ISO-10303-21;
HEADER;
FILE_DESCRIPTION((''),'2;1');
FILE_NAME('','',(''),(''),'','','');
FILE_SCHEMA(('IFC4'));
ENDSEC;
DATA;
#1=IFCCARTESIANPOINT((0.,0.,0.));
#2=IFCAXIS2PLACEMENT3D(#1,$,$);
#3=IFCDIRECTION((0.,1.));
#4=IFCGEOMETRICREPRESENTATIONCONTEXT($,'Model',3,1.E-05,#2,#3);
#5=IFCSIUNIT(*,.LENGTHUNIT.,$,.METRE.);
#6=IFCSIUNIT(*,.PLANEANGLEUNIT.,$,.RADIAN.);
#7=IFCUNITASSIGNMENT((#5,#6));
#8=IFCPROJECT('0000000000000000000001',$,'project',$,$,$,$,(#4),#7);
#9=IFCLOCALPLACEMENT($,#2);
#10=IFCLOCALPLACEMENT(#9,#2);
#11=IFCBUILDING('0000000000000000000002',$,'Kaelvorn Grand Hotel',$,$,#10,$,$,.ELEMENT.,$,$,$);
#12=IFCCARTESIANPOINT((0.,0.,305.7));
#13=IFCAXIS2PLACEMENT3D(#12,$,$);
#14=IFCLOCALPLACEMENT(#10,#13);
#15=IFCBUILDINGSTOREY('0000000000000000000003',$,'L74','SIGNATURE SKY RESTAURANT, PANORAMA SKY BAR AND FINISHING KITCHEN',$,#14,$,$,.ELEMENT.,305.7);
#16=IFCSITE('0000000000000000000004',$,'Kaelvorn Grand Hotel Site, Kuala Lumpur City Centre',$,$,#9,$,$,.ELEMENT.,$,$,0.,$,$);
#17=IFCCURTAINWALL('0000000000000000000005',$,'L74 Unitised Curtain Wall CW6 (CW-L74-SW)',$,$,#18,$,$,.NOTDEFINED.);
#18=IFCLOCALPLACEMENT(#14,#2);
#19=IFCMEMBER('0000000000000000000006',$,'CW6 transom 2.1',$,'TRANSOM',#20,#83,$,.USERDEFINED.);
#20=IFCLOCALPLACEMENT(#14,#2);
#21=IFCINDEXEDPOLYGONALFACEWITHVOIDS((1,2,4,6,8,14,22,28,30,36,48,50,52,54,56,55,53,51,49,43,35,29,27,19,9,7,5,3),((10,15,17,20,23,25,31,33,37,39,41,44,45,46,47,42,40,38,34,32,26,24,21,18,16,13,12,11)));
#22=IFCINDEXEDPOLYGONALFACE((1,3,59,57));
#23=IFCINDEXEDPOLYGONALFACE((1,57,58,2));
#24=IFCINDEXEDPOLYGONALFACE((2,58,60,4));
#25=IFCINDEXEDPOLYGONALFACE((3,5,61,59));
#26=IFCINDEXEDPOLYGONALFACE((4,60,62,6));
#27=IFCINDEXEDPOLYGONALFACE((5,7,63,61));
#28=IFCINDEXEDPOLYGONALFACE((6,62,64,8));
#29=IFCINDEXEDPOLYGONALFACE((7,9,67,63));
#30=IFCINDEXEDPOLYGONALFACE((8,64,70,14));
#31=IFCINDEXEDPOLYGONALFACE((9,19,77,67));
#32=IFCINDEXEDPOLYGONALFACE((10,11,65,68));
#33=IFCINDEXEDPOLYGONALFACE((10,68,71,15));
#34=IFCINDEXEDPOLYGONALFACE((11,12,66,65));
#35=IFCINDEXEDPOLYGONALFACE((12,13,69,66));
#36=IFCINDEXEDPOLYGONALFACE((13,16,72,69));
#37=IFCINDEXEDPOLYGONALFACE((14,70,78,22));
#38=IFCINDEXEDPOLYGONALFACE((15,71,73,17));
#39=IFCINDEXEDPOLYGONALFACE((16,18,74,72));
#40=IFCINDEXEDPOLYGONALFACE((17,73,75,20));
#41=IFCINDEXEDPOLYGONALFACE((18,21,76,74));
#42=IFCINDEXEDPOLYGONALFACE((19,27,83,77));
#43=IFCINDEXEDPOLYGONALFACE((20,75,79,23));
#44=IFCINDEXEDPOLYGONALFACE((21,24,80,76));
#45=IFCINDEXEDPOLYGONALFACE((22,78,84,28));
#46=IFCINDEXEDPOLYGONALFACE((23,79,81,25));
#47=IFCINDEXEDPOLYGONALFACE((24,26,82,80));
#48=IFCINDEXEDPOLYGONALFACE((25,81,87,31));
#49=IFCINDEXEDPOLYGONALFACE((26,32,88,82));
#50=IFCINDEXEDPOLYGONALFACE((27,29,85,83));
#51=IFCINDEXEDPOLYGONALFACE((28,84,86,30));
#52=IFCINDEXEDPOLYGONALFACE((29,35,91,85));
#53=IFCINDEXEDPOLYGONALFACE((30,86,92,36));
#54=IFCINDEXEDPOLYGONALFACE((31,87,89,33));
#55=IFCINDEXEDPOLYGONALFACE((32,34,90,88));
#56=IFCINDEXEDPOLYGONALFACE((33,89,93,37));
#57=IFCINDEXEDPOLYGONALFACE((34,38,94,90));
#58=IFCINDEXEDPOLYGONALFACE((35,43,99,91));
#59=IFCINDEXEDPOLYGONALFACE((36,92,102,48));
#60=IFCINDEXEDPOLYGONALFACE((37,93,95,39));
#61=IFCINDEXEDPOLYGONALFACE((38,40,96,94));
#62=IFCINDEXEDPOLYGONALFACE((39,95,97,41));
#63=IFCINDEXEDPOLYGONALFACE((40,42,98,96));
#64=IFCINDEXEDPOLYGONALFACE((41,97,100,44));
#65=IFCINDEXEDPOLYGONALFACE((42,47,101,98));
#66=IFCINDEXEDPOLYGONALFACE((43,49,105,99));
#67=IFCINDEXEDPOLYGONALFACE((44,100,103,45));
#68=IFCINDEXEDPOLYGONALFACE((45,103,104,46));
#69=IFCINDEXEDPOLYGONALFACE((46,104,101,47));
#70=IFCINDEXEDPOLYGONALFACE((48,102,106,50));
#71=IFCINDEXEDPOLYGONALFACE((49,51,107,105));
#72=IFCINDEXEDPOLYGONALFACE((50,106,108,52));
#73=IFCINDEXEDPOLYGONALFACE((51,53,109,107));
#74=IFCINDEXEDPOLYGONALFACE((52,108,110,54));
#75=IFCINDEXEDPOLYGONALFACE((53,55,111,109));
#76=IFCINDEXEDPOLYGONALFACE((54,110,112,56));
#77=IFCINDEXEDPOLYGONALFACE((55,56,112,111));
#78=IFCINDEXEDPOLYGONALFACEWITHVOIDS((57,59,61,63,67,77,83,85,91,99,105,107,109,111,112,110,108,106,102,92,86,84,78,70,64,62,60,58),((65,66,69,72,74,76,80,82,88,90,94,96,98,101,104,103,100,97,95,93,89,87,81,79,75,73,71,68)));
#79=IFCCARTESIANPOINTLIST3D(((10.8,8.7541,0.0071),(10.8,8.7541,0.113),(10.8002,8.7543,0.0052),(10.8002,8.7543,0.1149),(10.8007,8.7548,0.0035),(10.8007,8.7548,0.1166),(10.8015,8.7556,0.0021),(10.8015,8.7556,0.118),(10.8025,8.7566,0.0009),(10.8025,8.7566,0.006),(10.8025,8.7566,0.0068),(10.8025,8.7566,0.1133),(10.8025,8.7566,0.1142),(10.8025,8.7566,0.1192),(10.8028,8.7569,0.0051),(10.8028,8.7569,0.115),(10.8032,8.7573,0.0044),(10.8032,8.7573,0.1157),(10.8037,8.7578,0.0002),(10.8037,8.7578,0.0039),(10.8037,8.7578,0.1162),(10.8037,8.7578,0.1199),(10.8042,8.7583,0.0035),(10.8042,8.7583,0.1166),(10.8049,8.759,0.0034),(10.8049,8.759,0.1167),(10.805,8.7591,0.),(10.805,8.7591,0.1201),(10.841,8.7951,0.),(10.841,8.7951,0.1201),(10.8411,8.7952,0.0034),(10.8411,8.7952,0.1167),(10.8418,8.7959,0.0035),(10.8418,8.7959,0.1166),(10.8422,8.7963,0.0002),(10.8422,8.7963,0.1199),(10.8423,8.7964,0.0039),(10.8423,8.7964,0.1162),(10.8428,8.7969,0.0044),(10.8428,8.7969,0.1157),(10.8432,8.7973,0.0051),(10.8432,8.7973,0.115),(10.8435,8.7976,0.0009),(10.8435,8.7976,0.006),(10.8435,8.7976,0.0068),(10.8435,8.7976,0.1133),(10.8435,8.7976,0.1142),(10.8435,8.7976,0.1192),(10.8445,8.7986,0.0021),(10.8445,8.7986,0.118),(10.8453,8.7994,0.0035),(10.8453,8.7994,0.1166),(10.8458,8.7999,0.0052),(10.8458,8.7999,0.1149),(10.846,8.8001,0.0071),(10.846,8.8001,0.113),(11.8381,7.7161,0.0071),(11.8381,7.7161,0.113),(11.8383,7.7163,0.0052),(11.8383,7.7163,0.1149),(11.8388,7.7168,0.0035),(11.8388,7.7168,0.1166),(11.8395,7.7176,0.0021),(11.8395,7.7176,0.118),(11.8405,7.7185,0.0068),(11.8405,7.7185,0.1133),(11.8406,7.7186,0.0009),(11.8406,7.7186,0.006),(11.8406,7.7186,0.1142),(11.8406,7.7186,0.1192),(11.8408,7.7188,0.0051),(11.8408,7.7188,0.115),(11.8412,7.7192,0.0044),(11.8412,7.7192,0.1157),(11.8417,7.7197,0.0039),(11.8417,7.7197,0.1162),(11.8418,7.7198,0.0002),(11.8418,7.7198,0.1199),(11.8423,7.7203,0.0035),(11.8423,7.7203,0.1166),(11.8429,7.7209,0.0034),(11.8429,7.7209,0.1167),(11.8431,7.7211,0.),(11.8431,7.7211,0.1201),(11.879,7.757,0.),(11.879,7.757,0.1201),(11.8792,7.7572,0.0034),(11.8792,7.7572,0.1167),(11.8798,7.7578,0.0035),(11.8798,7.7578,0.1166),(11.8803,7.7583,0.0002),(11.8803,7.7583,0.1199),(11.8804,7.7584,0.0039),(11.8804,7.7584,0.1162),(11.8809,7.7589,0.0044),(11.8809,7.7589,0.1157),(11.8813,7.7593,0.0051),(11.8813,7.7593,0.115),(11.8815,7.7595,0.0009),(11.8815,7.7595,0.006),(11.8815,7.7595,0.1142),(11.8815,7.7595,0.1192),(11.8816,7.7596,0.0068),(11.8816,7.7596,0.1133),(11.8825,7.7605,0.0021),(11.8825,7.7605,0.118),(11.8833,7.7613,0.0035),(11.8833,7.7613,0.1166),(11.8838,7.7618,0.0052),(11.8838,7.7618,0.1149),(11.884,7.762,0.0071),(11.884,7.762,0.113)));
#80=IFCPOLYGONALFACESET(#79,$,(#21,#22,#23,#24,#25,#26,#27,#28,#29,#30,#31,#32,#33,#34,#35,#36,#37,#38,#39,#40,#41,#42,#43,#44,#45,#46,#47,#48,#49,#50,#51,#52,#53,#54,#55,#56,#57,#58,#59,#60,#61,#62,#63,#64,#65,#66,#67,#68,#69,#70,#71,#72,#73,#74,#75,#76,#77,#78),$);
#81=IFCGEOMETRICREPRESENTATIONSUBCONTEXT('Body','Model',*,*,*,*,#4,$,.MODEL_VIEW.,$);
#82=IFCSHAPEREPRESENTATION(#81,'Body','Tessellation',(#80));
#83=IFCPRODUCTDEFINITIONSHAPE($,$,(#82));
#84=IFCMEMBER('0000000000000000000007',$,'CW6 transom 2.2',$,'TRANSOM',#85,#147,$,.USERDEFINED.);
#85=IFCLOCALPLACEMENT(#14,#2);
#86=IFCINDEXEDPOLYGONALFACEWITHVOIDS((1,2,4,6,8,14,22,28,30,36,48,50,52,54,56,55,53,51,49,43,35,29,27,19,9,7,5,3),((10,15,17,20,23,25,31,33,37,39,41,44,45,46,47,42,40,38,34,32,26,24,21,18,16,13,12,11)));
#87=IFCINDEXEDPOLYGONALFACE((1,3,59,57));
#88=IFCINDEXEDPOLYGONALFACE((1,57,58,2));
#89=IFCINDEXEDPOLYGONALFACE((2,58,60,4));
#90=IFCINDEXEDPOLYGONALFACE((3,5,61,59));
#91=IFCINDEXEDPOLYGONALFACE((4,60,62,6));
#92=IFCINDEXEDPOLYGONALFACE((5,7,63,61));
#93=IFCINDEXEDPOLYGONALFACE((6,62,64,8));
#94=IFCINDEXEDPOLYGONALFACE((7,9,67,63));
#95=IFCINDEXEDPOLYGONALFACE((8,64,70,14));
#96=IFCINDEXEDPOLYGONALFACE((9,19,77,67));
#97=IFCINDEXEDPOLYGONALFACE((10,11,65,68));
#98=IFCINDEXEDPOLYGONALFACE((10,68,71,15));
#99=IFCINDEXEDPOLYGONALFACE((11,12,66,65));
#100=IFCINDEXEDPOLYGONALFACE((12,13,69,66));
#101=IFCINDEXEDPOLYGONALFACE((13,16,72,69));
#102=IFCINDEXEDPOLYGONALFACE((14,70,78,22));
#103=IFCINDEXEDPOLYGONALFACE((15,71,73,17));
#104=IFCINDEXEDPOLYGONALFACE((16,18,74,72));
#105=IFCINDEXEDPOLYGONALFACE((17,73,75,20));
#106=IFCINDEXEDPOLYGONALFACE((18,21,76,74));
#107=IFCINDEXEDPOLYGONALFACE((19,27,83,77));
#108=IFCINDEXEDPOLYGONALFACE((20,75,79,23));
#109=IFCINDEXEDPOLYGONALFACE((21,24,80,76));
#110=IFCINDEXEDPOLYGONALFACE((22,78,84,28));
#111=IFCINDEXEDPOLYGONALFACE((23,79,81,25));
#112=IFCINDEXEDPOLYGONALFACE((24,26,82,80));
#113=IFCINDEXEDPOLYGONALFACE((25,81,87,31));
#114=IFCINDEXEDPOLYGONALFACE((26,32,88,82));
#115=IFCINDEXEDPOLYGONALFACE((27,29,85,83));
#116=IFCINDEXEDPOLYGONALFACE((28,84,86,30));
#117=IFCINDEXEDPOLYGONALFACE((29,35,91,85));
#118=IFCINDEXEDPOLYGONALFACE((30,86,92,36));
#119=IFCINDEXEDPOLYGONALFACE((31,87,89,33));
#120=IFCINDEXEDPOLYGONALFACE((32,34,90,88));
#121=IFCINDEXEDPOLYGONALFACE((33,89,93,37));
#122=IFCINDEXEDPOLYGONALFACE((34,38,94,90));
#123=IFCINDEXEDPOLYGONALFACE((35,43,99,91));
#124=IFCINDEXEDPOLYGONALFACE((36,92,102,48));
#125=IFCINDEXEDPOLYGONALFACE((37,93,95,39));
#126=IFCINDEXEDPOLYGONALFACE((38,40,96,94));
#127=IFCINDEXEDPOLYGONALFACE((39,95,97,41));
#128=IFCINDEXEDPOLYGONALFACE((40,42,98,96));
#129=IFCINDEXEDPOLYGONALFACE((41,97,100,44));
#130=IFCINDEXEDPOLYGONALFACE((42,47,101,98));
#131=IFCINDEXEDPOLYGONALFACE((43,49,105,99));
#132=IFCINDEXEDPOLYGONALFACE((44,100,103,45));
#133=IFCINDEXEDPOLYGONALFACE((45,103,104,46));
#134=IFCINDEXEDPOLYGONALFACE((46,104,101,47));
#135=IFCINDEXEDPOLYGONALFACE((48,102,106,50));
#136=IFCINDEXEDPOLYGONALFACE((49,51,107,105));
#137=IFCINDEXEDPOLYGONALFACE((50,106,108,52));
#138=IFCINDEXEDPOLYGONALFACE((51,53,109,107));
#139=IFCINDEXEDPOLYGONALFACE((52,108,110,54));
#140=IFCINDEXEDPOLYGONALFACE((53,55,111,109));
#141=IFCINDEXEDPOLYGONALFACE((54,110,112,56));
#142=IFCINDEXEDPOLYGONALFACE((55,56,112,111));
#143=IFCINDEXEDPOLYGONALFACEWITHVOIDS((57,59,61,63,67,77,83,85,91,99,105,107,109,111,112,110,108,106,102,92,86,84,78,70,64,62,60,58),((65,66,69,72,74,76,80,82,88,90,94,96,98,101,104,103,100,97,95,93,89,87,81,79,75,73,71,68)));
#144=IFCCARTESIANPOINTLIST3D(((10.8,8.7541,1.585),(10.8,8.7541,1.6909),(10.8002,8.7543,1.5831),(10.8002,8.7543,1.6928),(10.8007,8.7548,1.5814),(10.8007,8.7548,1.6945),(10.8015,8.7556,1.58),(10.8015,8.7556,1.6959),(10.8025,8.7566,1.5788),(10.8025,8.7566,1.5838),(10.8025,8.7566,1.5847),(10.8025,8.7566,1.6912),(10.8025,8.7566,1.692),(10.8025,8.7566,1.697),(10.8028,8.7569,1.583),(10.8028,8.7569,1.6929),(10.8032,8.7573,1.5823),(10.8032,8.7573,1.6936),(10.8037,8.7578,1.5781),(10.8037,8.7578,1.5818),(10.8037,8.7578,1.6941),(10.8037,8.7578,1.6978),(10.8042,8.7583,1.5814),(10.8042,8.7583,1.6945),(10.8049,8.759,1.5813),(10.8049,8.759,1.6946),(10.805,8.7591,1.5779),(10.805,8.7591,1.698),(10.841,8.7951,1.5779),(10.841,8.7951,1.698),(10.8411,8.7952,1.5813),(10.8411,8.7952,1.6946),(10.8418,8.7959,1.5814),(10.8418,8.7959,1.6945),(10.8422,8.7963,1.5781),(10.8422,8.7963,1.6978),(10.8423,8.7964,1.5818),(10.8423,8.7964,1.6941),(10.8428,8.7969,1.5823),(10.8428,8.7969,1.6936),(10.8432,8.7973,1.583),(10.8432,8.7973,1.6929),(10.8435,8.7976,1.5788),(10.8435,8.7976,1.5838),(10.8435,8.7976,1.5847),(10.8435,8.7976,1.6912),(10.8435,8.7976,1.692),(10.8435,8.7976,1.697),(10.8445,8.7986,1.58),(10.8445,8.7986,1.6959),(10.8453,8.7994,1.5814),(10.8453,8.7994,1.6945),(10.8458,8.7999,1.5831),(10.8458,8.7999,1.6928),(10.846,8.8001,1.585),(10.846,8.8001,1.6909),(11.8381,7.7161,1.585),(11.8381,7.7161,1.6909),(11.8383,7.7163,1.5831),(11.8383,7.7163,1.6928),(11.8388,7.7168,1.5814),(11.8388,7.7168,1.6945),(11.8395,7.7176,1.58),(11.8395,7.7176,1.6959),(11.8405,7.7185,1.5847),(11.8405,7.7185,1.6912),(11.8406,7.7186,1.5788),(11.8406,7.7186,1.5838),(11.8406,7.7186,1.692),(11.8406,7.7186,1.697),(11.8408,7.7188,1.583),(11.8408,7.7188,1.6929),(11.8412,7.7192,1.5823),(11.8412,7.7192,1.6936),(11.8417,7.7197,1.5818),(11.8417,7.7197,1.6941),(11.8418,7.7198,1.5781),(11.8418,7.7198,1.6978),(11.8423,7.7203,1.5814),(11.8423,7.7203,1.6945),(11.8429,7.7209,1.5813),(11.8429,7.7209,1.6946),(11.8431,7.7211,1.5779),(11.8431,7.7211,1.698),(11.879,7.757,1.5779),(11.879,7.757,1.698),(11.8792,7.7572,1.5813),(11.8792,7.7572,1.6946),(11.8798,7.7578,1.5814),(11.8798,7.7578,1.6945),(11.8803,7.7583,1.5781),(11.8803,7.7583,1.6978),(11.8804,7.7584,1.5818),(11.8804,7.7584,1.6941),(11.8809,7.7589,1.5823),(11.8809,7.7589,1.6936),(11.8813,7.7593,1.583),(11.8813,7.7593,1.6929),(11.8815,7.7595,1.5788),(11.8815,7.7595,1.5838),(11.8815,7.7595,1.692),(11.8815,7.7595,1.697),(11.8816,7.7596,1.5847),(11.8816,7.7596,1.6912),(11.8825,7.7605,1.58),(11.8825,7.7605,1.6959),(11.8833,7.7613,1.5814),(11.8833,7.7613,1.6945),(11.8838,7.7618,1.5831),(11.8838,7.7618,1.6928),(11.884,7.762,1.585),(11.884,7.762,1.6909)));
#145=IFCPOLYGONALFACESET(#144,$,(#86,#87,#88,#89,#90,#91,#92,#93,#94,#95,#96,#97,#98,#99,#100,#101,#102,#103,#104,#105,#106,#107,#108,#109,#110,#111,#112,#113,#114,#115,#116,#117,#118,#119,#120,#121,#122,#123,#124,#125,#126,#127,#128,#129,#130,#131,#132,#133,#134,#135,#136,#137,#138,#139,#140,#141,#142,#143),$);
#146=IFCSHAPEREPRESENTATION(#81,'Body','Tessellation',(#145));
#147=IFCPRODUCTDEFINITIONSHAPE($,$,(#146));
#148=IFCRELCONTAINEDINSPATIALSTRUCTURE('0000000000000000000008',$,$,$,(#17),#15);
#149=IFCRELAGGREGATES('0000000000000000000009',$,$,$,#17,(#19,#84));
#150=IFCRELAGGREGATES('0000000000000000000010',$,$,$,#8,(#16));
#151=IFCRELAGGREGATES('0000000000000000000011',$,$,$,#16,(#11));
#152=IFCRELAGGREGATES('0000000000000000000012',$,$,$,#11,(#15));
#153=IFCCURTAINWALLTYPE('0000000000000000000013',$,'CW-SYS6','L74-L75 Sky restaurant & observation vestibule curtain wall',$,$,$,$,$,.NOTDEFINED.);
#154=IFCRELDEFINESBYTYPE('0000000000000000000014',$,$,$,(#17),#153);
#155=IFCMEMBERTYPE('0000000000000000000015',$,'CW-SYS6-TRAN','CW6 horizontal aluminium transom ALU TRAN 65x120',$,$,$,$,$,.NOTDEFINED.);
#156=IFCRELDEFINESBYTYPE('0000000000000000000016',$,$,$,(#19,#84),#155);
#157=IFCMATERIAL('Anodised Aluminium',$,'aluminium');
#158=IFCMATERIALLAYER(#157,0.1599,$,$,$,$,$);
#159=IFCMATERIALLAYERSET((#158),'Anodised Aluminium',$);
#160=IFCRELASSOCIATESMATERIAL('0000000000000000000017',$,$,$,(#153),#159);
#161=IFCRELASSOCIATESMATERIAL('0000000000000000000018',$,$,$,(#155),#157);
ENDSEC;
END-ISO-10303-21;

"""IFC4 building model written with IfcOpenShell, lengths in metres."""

from ifc_helpers import new_model, si_unit, direction, frame, origin, origin_2d, place, context, subcontext, project, spatial, hollow_rectangle, extrude, material, layer, layer_set, material_profile, profile_set, type_object, element, aggregate, save


model = new_model("IFC4")

# Units and contexts
model_context = context("Model", 3, precision=1e-05, world=origin(), true_north=direction((0.0, 1.0)))
body_context = subcontext(model_context, "Body", "Model", "MODEL_VIEW")
ifc_project = project(units=[si_unit("LENGTHUNIT", "METRE"), si_unit("PLANEANGLEUNIT", "RADIAN")], contexts=[model_context])

# Site, building, storey
site_placement = place(None, origin())
site = spatial("IfcSite", under=ifc_project, at=site_placement, Name="Kaelvorn Grand Hotel Site, Kuala Lumpur City Centre", CompositionType="ELEMENT", RefElevation=0.0)
building_placement = place(site_placement, origin())
building = spatial("IfcBuilding", under=site, at=building_placement, Name="Kaelvorn Grand Hotel", CompositionType="ELEMENT")
storey_placement = place(building_placement, frame((0.0, 0.0, 305.7)))
storey = spatial("IfcBuildingStorey", under=building, at=storey_placement, Name="L74", Description="SIGNATURE SKY RESTAURANT, PANORAMA SKY BAR AND FINISHING KITCHEN", CompositionType="ELEMENT", Elevation=305.7)

# Shared definitions
ifc_material_1 = material(Name="Anodised Aluminium", Category="aluminium")
ifc_layer_1 = layer(ifc_material_1, 0.1599)
ifc_layer_set_1 = layer_set([ifc_layer_1], Name="Anodised Aluminium")
curtain_wall_type = type_object("IfcCurtainWallType", Name="CW-SYS6", Description="L74-L75 Sky restaurant & observation vestibule curtain wall", PredefinedType="NOTDEFINED", material=ifc_layer_set_1)

# Curtain wall
curtain_wall_1_placement = place(storey_placement, origin())
curtain_wall_1 = element("IfcCurtainWall", 1, at=curtain_wall_1_placement, inside=storey, type_object=curtain_wall_type, Name="L74 Unitised Curtain Wall CW6 (CW-L74-SW)", PredefinedType="NOTDEFINED")

# Members
ifc_material_profile_1 = material_profile(ifc_material_1, hollow_rectangle(XDim=0.0649, YDim=0.1201, WallThickness=0.0034, InnerFilletRadius=0.0034, OuterFilletRadius=0.0071, at=origin_2d()), Name="ALU TRAN 65x120")
ifc_profile_set_1 = profile_set([ifc_material_profile_1], Name="Anodised Aluminium")
member_type_1 = type_object("IfcMemberType", Name="CW-SYS6-TRAN", Description="CW6 horizontal aluminium transom ALU TRAN 65x120", PredefinedType="NOTDEFINED", material=ifc_profile_set_1)
member_1_placement = place(storey_placement, frame((10.823, 8.7771, 0.0601), z_axis=(0.707107, -0.707107, 0.0), x_axis=(0.707107, 0.707107, 0.0)))
member_1 = element("IfcMember", 2, at=member_1_placement, type_object=member_type_1, Name="CW6 transom 2.1", ObjectType="TRANSOM", PredefinedType="USERDEFINED", context=body_context, shape_type="SweptSolid", body=[
    extrude(hollow_rectangle(XDim=0.0649, YDim=0.1201, WallThickness=0.0034, InnerFilletRadius=0.0034, OuterFilletRadius=0.0071, at=origin_2d()), origin(), (0.0, 0.0, 1.0), 1.468),
])
member_2_placement = place(storey_placement, frame((10.823, 8.7771, 1.6379), z_axis=(0.707107, -0.707107, 0.0), x_axis=(0.707107, 0.707107, 0.0)))
member_2 = element("IfcMember", 3, at=member_2_placement, type_object=member_type_1, Name="CW6 transom 2.2", ObjectType="TRANSOM", PredefinedType="USERDEFINED", context=body_context, shape_type="SweptSolid", body=[
    extrude(hollow_rectangle(XDim=0.0649, YDim=0.1201, WallThickness=0.0034, InnerFilletRadius=0.0034, OuterFilletRadius=0.0071, at=origin_2d()), origin(), (0.0, 0.0, 1.0), 1.468),
])

aggregate(curtain_wall_1, [member_1, member_2])

save(model, "model.ifc")
